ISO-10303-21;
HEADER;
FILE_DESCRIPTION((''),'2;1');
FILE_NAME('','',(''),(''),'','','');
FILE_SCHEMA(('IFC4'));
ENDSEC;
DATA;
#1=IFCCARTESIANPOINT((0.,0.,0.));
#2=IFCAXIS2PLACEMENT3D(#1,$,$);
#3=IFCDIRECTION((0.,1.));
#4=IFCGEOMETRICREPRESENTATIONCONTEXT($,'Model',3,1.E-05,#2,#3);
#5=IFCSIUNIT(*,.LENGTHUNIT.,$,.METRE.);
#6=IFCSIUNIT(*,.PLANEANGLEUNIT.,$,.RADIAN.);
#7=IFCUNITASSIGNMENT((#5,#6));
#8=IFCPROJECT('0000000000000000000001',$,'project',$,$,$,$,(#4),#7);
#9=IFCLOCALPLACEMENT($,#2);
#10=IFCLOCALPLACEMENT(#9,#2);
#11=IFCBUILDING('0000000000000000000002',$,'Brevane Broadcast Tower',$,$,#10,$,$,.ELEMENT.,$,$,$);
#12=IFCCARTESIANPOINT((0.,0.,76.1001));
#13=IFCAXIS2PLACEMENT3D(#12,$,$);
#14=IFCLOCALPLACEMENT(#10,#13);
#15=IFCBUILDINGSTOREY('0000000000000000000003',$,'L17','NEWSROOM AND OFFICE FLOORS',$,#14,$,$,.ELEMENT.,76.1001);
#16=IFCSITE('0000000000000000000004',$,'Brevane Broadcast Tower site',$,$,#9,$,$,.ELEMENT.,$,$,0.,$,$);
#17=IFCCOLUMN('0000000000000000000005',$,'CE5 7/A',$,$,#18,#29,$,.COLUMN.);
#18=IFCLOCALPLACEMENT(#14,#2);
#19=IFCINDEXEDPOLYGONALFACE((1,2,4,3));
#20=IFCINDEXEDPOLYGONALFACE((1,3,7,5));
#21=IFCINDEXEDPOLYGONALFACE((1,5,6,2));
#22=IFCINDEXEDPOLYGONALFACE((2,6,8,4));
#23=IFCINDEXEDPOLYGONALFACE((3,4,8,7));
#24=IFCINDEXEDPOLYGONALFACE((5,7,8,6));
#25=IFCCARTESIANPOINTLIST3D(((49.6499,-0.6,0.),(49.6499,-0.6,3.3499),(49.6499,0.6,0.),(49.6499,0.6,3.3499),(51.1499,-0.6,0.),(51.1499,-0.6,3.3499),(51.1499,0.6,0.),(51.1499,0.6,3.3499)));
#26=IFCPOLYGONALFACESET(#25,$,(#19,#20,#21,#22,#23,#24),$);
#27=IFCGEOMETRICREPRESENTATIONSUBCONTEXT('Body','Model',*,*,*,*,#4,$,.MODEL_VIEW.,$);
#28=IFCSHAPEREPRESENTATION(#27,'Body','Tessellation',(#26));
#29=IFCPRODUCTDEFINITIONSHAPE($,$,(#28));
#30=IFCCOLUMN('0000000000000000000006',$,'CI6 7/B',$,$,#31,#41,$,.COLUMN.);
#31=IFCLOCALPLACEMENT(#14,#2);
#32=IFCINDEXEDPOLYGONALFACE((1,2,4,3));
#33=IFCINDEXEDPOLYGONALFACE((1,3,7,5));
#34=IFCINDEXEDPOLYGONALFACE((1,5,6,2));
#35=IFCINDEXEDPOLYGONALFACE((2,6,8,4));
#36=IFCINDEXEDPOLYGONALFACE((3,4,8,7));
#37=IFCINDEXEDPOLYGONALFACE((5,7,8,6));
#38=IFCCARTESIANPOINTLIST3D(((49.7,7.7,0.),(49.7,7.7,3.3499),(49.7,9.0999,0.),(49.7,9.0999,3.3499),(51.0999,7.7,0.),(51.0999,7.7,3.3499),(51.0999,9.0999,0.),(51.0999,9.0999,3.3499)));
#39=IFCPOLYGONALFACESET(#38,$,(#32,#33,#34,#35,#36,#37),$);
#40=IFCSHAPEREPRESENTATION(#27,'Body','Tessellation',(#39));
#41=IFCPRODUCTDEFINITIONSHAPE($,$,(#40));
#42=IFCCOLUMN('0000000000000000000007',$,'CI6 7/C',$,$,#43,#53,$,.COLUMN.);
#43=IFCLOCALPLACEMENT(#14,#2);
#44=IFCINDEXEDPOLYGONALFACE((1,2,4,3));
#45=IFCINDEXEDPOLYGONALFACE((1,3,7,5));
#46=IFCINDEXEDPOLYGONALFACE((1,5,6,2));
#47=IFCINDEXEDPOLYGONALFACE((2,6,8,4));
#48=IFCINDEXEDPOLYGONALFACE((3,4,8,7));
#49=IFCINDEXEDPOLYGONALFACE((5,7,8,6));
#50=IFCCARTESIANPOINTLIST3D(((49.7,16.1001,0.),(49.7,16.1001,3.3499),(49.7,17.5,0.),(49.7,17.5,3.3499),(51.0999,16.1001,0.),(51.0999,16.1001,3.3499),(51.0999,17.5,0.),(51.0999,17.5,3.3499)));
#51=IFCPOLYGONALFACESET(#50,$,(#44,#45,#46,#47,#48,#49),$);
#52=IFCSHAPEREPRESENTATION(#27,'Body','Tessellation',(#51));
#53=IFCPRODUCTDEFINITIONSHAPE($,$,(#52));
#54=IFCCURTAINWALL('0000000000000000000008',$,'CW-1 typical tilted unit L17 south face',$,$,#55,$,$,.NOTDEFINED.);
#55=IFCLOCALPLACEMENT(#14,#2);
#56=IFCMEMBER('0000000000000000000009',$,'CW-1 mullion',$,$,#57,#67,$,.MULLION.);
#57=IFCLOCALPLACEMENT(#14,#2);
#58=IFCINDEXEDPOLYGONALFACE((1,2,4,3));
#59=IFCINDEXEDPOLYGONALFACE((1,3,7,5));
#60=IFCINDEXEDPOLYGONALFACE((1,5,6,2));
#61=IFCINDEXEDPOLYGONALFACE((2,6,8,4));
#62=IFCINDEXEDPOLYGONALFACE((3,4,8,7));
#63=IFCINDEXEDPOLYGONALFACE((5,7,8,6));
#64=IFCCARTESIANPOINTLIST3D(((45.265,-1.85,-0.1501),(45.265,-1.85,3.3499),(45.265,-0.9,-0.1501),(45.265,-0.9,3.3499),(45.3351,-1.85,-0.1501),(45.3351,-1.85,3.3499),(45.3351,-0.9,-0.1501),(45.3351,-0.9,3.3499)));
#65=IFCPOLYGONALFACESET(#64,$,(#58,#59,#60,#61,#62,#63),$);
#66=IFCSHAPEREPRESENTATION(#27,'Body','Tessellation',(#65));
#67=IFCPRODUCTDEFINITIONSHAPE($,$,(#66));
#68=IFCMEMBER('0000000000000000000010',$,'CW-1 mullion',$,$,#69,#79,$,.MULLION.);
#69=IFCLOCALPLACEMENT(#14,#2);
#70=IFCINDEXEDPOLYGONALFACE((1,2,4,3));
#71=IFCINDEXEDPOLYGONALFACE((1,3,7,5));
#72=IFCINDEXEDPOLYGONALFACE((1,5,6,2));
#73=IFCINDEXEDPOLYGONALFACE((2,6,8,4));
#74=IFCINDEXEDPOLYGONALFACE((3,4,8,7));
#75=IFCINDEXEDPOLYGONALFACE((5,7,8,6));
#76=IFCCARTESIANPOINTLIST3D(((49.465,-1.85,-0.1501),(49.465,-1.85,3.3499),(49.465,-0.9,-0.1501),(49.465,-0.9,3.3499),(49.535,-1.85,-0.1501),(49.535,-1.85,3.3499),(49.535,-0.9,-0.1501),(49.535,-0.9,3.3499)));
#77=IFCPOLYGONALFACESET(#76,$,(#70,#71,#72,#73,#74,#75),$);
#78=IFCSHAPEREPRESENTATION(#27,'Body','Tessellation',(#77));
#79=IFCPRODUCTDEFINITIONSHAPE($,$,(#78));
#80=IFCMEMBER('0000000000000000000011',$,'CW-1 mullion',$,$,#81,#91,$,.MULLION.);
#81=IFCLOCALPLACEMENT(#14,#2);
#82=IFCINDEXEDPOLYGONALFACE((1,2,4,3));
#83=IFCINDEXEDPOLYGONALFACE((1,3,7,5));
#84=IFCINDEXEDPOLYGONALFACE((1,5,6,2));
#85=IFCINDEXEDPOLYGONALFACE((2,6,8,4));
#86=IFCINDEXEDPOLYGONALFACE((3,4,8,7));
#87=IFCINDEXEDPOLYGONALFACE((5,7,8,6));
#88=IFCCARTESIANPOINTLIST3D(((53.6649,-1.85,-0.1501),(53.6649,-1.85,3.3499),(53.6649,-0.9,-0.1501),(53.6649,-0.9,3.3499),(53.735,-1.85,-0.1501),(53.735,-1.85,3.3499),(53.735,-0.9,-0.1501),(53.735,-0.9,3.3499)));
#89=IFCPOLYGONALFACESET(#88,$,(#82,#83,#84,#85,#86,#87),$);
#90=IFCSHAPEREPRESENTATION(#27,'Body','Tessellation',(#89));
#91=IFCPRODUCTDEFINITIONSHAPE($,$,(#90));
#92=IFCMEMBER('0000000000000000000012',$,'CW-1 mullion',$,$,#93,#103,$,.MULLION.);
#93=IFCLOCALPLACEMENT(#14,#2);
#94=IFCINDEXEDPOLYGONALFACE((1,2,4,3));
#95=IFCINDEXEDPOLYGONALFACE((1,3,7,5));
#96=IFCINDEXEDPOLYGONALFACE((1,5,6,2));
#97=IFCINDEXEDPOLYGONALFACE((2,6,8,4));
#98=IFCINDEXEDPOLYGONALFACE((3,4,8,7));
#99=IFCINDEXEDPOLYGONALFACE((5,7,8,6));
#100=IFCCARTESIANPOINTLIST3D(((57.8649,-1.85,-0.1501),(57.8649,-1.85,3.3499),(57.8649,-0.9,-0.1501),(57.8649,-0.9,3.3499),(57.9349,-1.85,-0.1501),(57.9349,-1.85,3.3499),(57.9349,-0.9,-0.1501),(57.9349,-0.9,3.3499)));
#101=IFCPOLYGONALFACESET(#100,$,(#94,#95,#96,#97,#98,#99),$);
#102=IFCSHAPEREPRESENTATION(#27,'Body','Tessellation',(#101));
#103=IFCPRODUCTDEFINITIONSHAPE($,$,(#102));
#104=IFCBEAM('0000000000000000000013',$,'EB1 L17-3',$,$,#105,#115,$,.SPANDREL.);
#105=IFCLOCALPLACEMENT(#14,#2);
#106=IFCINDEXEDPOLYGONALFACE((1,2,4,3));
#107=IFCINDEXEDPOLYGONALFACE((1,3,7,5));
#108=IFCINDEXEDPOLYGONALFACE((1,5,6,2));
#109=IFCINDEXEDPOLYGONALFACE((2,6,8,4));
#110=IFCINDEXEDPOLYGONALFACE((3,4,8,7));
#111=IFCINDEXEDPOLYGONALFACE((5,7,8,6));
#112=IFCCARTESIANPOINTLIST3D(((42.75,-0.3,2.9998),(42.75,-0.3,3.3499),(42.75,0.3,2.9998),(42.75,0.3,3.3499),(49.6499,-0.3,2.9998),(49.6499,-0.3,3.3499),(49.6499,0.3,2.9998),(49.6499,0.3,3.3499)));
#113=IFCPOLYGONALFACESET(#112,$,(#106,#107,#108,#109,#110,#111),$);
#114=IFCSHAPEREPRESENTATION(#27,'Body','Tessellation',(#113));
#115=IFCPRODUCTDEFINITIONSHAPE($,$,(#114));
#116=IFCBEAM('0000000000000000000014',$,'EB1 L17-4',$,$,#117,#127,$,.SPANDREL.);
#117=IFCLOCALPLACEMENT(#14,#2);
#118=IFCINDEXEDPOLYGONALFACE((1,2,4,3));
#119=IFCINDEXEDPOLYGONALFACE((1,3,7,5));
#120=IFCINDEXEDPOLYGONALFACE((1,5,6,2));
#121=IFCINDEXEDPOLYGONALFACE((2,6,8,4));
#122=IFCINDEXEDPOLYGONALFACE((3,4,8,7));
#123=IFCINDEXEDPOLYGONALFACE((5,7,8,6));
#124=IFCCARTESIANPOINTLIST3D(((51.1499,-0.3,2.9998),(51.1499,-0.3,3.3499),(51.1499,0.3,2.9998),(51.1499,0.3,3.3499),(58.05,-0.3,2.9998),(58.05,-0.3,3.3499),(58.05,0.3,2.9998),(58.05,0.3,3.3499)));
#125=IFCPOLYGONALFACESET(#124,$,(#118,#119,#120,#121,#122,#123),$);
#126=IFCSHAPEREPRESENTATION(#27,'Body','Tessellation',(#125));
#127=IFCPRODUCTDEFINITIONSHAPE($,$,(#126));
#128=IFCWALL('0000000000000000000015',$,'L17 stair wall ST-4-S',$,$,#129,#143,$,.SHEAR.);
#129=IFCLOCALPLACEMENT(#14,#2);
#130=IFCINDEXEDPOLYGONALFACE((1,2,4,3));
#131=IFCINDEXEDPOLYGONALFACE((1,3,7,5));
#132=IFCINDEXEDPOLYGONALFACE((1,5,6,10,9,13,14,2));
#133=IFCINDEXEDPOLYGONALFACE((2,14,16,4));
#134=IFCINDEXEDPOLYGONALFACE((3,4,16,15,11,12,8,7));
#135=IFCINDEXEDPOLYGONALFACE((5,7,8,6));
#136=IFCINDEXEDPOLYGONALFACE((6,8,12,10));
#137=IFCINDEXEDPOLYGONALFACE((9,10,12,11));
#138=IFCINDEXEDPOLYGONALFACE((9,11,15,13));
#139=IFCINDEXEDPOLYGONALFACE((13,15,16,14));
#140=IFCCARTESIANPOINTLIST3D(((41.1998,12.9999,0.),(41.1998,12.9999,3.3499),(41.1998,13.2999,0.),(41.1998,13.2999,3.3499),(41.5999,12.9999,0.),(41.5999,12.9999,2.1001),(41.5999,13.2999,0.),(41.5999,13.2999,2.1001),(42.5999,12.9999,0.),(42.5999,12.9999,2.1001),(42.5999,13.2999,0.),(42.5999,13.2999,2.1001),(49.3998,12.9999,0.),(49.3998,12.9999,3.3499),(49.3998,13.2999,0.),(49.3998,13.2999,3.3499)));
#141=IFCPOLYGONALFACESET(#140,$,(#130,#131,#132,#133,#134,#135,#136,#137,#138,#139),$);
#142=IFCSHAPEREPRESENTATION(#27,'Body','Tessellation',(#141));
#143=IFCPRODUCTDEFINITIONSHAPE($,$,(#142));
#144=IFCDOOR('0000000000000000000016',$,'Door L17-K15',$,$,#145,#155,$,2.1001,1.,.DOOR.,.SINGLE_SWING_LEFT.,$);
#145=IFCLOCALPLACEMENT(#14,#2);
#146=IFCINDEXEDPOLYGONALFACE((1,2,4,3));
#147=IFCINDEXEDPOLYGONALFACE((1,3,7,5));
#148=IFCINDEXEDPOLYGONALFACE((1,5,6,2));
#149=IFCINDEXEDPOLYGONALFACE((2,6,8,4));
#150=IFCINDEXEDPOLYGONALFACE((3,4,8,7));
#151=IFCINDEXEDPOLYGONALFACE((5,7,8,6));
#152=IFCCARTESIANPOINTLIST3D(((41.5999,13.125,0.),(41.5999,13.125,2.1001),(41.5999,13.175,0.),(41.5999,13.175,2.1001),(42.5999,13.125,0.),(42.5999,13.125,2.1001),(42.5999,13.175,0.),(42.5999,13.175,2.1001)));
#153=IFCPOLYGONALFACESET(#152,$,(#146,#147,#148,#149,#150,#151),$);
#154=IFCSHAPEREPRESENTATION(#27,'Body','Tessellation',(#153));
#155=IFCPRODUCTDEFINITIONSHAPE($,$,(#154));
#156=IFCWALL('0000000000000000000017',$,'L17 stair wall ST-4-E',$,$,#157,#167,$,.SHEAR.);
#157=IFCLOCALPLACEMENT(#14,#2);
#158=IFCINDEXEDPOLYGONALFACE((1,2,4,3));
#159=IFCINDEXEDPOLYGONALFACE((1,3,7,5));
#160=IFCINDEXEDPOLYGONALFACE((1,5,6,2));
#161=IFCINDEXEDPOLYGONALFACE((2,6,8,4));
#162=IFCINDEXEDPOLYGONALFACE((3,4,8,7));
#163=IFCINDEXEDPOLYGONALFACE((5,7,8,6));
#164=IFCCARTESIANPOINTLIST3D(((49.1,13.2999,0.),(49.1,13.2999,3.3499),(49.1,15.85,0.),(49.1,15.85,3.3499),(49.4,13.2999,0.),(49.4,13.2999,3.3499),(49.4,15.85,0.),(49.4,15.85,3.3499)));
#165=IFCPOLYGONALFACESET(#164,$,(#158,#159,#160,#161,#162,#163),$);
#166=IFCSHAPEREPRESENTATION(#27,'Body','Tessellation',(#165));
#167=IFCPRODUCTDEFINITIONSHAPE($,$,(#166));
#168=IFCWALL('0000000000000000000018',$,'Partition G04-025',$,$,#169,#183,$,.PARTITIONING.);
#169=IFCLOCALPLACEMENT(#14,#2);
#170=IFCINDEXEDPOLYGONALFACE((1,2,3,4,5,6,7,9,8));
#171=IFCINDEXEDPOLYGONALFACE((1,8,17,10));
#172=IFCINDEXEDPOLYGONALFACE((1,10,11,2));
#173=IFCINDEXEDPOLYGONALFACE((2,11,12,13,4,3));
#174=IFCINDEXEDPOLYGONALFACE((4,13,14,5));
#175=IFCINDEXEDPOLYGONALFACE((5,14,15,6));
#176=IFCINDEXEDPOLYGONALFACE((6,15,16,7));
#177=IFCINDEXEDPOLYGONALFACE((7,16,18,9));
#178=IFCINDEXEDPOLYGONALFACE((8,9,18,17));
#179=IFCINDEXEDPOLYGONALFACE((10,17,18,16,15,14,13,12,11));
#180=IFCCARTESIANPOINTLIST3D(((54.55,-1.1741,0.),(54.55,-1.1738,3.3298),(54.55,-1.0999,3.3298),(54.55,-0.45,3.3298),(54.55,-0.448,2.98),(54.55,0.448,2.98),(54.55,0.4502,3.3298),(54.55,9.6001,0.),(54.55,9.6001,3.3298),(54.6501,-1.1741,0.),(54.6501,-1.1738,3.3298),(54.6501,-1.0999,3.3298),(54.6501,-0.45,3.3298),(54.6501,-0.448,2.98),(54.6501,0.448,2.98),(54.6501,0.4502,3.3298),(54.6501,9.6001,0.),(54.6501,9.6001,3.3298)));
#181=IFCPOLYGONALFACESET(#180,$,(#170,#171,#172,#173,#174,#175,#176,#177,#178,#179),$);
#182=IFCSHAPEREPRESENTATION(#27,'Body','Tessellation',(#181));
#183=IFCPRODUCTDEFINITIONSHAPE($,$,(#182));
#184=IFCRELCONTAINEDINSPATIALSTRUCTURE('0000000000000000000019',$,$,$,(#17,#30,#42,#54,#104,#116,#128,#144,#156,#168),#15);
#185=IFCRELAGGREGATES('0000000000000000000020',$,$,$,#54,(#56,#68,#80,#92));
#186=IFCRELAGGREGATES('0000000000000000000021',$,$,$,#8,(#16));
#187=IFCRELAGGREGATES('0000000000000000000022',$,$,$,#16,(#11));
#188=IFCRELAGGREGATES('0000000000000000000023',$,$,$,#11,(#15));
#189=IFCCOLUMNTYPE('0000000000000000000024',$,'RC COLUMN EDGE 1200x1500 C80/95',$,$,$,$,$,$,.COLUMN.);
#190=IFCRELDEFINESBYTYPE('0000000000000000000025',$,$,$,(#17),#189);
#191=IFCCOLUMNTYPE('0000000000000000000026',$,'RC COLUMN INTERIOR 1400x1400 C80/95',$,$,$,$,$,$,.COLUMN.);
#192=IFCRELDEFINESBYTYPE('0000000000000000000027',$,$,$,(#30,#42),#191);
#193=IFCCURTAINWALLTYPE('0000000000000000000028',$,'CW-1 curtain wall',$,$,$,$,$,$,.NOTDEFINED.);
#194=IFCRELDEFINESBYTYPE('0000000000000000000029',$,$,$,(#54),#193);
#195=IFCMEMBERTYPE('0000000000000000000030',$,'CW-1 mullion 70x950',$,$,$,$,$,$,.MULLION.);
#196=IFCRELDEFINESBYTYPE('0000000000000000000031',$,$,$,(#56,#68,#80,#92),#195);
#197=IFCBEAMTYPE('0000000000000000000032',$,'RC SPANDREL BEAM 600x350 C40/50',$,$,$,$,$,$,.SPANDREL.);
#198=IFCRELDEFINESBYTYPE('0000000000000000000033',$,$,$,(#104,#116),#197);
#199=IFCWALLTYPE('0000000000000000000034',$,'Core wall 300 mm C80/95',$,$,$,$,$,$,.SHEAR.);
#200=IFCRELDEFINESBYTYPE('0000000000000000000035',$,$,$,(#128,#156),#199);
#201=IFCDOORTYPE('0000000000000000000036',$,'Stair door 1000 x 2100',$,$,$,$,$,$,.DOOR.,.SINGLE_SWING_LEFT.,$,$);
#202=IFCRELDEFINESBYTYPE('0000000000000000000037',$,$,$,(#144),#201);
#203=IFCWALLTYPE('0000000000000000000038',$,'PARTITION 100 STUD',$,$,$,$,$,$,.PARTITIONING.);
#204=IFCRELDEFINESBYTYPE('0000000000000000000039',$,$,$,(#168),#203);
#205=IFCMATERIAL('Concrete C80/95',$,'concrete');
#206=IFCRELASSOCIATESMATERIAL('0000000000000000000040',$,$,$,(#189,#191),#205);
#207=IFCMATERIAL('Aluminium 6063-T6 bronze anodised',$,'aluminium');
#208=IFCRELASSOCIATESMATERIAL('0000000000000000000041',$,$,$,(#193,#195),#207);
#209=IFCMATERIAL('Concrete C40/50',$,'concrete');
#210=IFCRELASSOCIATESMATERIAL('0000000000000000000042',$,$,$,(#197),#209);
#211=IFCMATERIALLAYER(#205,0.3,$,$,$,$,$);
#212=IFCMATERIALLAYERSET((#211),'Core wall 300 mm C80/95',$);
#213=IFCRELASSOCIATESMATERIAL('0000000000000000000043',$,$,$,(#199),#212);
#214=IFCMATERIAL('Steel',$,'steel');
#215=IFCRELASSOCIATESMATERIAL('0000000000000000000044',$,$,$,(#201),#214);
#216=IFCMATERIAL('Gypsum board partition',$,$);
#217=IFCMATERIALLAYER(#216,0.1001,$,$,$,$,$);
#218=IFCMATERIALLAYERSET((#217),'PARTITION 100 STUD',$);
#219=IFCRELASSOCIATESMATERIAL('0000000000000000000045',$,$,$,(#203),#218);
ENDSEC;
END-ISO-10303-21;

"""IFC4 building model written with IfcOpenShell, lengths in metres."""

from ifc_helpers import new_model, si_unit, direction, frame, frame_2d, origin, origin_2d, place, context, subcontext, project, spatial, polyline, rectangle, outline, extrude, material, layer, layer_set, material_profile, profile_set, type_object, element, fill, aggregate, save


model = new_model("IFC4")

# Units and contexts
model_context = context("Model", 3, precision=1e-05, world=origin(), true_north=direction((0.0, 1.0)))
body_context = subcontext(model_context, "Body", "Model", "MODEL_VIEW")
ifc_project = project(units=[si_unit("LENGTHUNIT", "METRE"), si_unit("PLANEANGLEUNIT", "RADIAN")], contexts=[model_context])

# Site, building, storey
site_placement = place(None, origin())
site = spatial("IfcSite", under=ifc_project, at=site_placement, Name="Brevane Broadcast Tower site", CompositionType="ELEMENT", RefElevation=0.0)
building_placement = place(site_placement, origin())
building = spatial("IfcBuilding", under=site, at=building_placement, Name="Brevane Broadcast Tower", CompositionType="ELEMENT")
storey_placement = place(building_placement, frame((0.0, 0.0, 76.1001)))
storey = spatial("IfcBuildingStorey", under=building, at=storey_placement, Name="L17", Description="NEWSROOM AND OFFICE FLOORS", CompositionType="ELEMENT", Elevation=76.1001)

# Columns
ifc_material_1 = material(Name="Concrete C80/95", Category="concrete")
ifc_material_profile_1 = material_profile(ifc_material_1, rectangle(XDim=1.2, YDim=1.5, at=origin_2d()), Name="RC 1200x1500")
ifc_profile_set_1 = profile_set([ifc_material_profile_1], Name="Concrete C80/95")
column_type_1 = type_object("IfcColumnType", Name="RC COLUMN EDGE 1200x1500 C80/95", PredefinedType="COLUMN", material=ifc_profile_set_1)
column_placement = place(storey_placement, frame((50.3999, 0.0, 0.0), z_axis=(0.0, 0.0, 1.0), x_axis=(0.0, 1.0, 0.0)))
element("IfcColumn", 1, at=column_placement, inside=storey, type_object=column_type_1, Name="CE5 7/A", PredefinedType="COLUMN", context=body_context, shape_type="SweptSolid", body=[
    extrude(rectangle(XDim=1.2, YDim=1.5, at=origin_2d()), origin(), (0.0, 0.0, 1.0), 3.3499),
])
ifc_material_profile_2 = material_profile(ifc_material_1, rectangle(XDim=1.3999, YDim=1.3999, at=origin_2d()), Name="RC 1400x1400")
ifc_profile_set_2 = profile_set([ifc_material_profile_2], Name="Concrete C80/95")
column_type_2 = type_object("IfcColumnType", Name="RC COLUMN INTERIOR 1400x1400 C80/95", PredefinedType="COLUMN", material=ifc_profile_set_2)
for number, where, z_axis, x_axis, name in (
    (2, (50.3999, 8.3999, 0.0), (0.0, 0.0, 1.0), (1.0, 0.0, 0.0), "CI6 7/B"),
    (3, (50.3999, 16.8, 0.0), (0.0, 0.0, 1.0), (1.0, 0.0, 0.0), "CI6 7/C"),
):
    element("IfcColumn", number, at=place(storey_placement, frame(where, z_axis=z_axis, x_axis=x_axis)), inside=storey, type_object=column_type_2, Name=name, PredefinedType="COLUMN", context=body_context, shape_type="SweptSolid", body=[
        extrude(rectangle(XDim=1.3999, YDim=1.3999, at=origin_2d()), origin(), (0.0, 0.0, 1.0), 3.3499),
    ])

# Curtain wall, members
ifc_material_2 = material(Name="Aluminium 6063-T6 bronze anodised", Category="aluminium")
curtain_wall_type = type_object("IfcCurtainWallType", Name="CW-1 curtain wall", PredefinedType="NOTDEFINED", material=ifc_material_2)
curtain_wall_placement = place(storey_placement, origin())
curtain_wall = element("IfcCurtainWall", 4, at=curtain_wall_placement, inside=storey, type_object=curtain_wall_type, Name="CW-1 typical tilted unit L17 south face", PredefinedType="NOTDEFINED")
ifc_material_profile_3 = material_profile(ifc_material_2, rectangle(XDim=0.95, YDim=0.0701, at=origin_2d()), Name="RECT 70x950")
ifc_profile_set_3 = profile_set([ifc_material_profile_3], Name="Aluminium 6063-T6 bronze anodised")
member_type = type_object("IfcMemberType", Name="CW-1 mullion 70x950", PredefinedType="MULLION", material=ifc_profile_set_3)
member_1_placement = place(storey_placement, frame((45.3, -1.375, -0.1501), z_axis=(0.0, 0.0, 1.0), x_axis=(0.0, 1.0, 0.0)))
member_1 = element("IfcMember", 5, at=member_1_placement, type_object=member_type, Name="CW-1 mullion", PredefinedType="MULLION", context=body_context, shape_type="SweptSolid", body=[
    extrude(rectangle(XDim=0.95, YDim=0.0701, at=origin_2d()), origin(), (0.0, 0.0, 1.0), 3.5),
])
member_2_placement = place(storey_placement, frame((49.5, -1.375, -0.1501), z_axis=(0.0, 0.0, 1.0), x_axis=(0.0, 1.0, 0.0)))
member_2 = element("IfcMember", 6, at=member_2_placement, type_object=member_type, Name="CW-1 mullion", PredefinedType="MULLION", context=body_context, shape_type="SweptSolid", body=[
    extrude(rectangle(XDim=0.95, YDim=0.0701, at=origin_2d()), origin(), (0.0, 0.0, 1.0), 3.5),
])
member_3_placement = place(storey_placement, frame((53.7, -1.375, -0.1501), z_axis=(0.0, 0.0, 1.0), x_axis=(0.0, 1.0, 0.0)))
member_3 = element("IfcMember", 7, at=member_3_placement, type_object=member_type, Name="CW-1 mullion", PredefinedType="MULLION", context=body_context, shape_type="SweptSolid", body=[
    extrude(rectangle(XDim=0.95, YDim=0.0701, at=origin_2d()), origin(), (0.0, 0.0, 1.0), 3.5),
])
member_4_placement = place(storey_placement, frame((57.8999, -1.375, -0.1501), z_axis=(0.0, 0.0, 1.0), x_axis=(0.0, 1.0, 0.0)))
member_4 = element("IfcMember", 8, at=member_4_placement, type_object=member_type, Name="CW-1 mullion", PredefinedType="MULLION", context=body_context, shape_type="SweptSolid", body=[
    extrude(rectangle(XDim=0.95, YDim=0.0701, at=origin_2d()), origin(), (0.0, 0.0, 1.0), 3.5),
])
aggregate(curtain_wall, [member_1, member_2, member_3, member_4])

# Beams
ifc_material_3 = material(Name="Concrete C40/50", Category="concrete")
ifc_material_profile_4 = material_profile(ifc_material_3, rectangle(XDim=0.6001, YDim=0.3501, at=origin_2d()), Name="RC 600x350")
ifc_profile_set_4 = profile_set([ifc_material_profile_4], Name="Concrete C40/50")
beam_type = type_object("IfcBeamType", Name="RC SPANDREL BEAM 600x350 C40/50", PredefinedType="SPANDREL", material=ifc_profile_set_4)
beam_1_placement = place(storey_placement, frame((42.75, 0.0, 3.1748), z_axis=(1.0, 0.0, 0.0), x_axis=(0.0, 1.0, 0.0)))
element("IfcBeam", 9, at=beam_1_placement, inside=storey, type_object=beam_type, Name="EB1 L17-3", PredefinedType="SPANDREL", context=body_context, shape_type="SweptSolid", body=[
    extrude(rectangle(XDim=0.6001, YDim=0.3501, at=origin_2d()), origin(), (0.0, 0.0, 1.0), 6.8999),
])
beam_2_placement = place(storey_placement, frame((51.1499, 0.0, 3.1748), z_axis=(1.0, 0.0, 0.0), x_axis=(0.0, 1.0, 0.0)))
element("IfcBeam", 10, at=beam_2_placement, inside=storey, type_object=beam_type, Name="EB1 L17-4", PredefinedType="SPANDREL", context=body_context, shape_type="SweptSolid", body=[
    extrude(rectangle(XDim=0.6001, YDim=0.3501, at=origin_2d()), origin(), (0.0, 0.0, 1.0), 6.9001),
])

# Wall, opening, door
ifc_layer_1 = layer(ifc_material_1, 0.3)
ifc_layer_set_1 = layer_set([ifc_layer_1], Name="Core wall 300 mm C80/95")
wall_type_1 = type_object("IfcWallType", Name="Core wall 300 mm C80/95", PredefinedType="SHEAR", material=ifc_layer_set_1)
wall_1_placement = place(storey_placement, frame((49.3999, 13.1499, 0.0), z_axis=(0.0, 0.0, 1.0), x_axis=(-1.0, 0.0, 0.0)))
wall_1 = element("IfcWall", 11, at=wall_1_placement, inside=storey, type_object=wall_type_1, Name="L17 stair wall ST-4-S", PredefinedType="SHEAR", context=body_context, shape_type="SweptSolid", body=[
    extrude(rectangle(XDim=8.2, YDim=0.3, at=frame_2d((4.1001, 0.0))), origin(), (0.0, 0.0, 1.0), 3.3499),
])
opening_1_placement = place(wall_1_placement, frame((6.8, 0.0, 0.0)))
opening_1 = element("IfcOpeningElement", 12, at=opening_1_placement, cuts=wall_1, PredefinedType="OPENING", context=body_context, shape_type="SweptSolid", body=[
    extrude(rectangle(XDim=1.0, YDim=2.1001, at=frame_2d((0.5, 1.05))), frame((0.0, 0.1599, 0.0), z_axis=(0.0, -1.0, 0.0), x_axis=(1.0, 0.0, 0.0)), (0.0, 0.0, 1.0), 0.3201),
])
ifc_material_4 = material(Name="Steel", Category="steel")
door_type_1 = type_object("IfcDoorType", Name="Stair door 1000 x 2100", OperationType="SINGLE_SWING_LEFT", PredefinedType="DOOR", material=ifc_material_4)
door_1_placement = place(opening_1_placement, origin())
door_1 = element("IfcDoor", 13, at=door_1_placement, inside=storey, type_object=door_type_1, Name="Door L17-K15", OperationType="SINGLE_SWING_LEFT", OverallHeight=2.1001, OverallWidth=1.0, PredefinedType="DOOR", context=body_context, shape_type="SweptSolid", body=[
    extrude(rectangle(XDim=1.0, YDim=2.1001, at=frame_2d((0.5, 1.05))), frame((0.0, 0.0249, 0.0), z_axis=(0.0, -1.0, 0.0), x_axis=(1.0, 0.0, 0.0)), (0.0, 0.0, 1.0), 0.05),
])
fill(opening_1, door_1)

# Walls
wall_2_placement = place(storey_placement, frame((49.25, 13.3, 0.0), z_axis=(0.0, 0.0, 1.0), x_axis=(0.0, 1.0, 0.0)))
element("IfcWall", 14, at=wall_2_placement, inside=storey, type_object=wall_type_1, Name="L17 stair wall ST-4-E", PredefinedType="SHEAR", context=body_context, shape_type="SweptSolid", body=[
    extrude(rectangle(XDim=2.55, YDim=0.3, at=frame_2d((1.2749, 0.0))), origin(), (0.0, 0.0, 1.0), 3.3499),
])
ifc_material_5 = material(Name="Gypsum board partition")
ifc_layer_2 = layer(ifc_material_5, 0.1001)
ifc_layer_set_2 = layer_set([ifc_layer_2], Name="PARTITION 100 STUD")
wall_type_2 = type_object("IfcWallType", Name="PARTITION 100 STUD", PredefinedType="PARTITIONING", material=ifc_layer_set_2)
wall_3_placement = place(storey_placement, frame((54.6001, 9.6001, 0.0), z_axis=(0.0, 0.0, 1.0), x_axis=(0.0, -1.0, 0.0)))
element("IfcWall", 15, at=wall_3_placement, inside=storey, type_object=wall_type_2, Name="Partition G04-025", PredefinedType="PARTITIONING", context=body_context, shape_type="SweptSolid", body=[
    extrude(outline(polyline([(0.0, 0.0), (10.7742, 0.0), (10.7739, 3.3298), (10.7, 3.3298), (10.05, 3.3298), (10.0481, 2.98), (9.1521, 2.98), (9.1499, 3.3298), (0.0, 3.3298), (0.0, 0.0)])), frame((0.0, 0.05, 0.0), z_axis=(0.0, -1.0, 0.0), x_axis=(1.0, 0.0, 0.0)), (0.0, 0.0, 1.0), 0.1001),
])

save(model, "model.ifc")
